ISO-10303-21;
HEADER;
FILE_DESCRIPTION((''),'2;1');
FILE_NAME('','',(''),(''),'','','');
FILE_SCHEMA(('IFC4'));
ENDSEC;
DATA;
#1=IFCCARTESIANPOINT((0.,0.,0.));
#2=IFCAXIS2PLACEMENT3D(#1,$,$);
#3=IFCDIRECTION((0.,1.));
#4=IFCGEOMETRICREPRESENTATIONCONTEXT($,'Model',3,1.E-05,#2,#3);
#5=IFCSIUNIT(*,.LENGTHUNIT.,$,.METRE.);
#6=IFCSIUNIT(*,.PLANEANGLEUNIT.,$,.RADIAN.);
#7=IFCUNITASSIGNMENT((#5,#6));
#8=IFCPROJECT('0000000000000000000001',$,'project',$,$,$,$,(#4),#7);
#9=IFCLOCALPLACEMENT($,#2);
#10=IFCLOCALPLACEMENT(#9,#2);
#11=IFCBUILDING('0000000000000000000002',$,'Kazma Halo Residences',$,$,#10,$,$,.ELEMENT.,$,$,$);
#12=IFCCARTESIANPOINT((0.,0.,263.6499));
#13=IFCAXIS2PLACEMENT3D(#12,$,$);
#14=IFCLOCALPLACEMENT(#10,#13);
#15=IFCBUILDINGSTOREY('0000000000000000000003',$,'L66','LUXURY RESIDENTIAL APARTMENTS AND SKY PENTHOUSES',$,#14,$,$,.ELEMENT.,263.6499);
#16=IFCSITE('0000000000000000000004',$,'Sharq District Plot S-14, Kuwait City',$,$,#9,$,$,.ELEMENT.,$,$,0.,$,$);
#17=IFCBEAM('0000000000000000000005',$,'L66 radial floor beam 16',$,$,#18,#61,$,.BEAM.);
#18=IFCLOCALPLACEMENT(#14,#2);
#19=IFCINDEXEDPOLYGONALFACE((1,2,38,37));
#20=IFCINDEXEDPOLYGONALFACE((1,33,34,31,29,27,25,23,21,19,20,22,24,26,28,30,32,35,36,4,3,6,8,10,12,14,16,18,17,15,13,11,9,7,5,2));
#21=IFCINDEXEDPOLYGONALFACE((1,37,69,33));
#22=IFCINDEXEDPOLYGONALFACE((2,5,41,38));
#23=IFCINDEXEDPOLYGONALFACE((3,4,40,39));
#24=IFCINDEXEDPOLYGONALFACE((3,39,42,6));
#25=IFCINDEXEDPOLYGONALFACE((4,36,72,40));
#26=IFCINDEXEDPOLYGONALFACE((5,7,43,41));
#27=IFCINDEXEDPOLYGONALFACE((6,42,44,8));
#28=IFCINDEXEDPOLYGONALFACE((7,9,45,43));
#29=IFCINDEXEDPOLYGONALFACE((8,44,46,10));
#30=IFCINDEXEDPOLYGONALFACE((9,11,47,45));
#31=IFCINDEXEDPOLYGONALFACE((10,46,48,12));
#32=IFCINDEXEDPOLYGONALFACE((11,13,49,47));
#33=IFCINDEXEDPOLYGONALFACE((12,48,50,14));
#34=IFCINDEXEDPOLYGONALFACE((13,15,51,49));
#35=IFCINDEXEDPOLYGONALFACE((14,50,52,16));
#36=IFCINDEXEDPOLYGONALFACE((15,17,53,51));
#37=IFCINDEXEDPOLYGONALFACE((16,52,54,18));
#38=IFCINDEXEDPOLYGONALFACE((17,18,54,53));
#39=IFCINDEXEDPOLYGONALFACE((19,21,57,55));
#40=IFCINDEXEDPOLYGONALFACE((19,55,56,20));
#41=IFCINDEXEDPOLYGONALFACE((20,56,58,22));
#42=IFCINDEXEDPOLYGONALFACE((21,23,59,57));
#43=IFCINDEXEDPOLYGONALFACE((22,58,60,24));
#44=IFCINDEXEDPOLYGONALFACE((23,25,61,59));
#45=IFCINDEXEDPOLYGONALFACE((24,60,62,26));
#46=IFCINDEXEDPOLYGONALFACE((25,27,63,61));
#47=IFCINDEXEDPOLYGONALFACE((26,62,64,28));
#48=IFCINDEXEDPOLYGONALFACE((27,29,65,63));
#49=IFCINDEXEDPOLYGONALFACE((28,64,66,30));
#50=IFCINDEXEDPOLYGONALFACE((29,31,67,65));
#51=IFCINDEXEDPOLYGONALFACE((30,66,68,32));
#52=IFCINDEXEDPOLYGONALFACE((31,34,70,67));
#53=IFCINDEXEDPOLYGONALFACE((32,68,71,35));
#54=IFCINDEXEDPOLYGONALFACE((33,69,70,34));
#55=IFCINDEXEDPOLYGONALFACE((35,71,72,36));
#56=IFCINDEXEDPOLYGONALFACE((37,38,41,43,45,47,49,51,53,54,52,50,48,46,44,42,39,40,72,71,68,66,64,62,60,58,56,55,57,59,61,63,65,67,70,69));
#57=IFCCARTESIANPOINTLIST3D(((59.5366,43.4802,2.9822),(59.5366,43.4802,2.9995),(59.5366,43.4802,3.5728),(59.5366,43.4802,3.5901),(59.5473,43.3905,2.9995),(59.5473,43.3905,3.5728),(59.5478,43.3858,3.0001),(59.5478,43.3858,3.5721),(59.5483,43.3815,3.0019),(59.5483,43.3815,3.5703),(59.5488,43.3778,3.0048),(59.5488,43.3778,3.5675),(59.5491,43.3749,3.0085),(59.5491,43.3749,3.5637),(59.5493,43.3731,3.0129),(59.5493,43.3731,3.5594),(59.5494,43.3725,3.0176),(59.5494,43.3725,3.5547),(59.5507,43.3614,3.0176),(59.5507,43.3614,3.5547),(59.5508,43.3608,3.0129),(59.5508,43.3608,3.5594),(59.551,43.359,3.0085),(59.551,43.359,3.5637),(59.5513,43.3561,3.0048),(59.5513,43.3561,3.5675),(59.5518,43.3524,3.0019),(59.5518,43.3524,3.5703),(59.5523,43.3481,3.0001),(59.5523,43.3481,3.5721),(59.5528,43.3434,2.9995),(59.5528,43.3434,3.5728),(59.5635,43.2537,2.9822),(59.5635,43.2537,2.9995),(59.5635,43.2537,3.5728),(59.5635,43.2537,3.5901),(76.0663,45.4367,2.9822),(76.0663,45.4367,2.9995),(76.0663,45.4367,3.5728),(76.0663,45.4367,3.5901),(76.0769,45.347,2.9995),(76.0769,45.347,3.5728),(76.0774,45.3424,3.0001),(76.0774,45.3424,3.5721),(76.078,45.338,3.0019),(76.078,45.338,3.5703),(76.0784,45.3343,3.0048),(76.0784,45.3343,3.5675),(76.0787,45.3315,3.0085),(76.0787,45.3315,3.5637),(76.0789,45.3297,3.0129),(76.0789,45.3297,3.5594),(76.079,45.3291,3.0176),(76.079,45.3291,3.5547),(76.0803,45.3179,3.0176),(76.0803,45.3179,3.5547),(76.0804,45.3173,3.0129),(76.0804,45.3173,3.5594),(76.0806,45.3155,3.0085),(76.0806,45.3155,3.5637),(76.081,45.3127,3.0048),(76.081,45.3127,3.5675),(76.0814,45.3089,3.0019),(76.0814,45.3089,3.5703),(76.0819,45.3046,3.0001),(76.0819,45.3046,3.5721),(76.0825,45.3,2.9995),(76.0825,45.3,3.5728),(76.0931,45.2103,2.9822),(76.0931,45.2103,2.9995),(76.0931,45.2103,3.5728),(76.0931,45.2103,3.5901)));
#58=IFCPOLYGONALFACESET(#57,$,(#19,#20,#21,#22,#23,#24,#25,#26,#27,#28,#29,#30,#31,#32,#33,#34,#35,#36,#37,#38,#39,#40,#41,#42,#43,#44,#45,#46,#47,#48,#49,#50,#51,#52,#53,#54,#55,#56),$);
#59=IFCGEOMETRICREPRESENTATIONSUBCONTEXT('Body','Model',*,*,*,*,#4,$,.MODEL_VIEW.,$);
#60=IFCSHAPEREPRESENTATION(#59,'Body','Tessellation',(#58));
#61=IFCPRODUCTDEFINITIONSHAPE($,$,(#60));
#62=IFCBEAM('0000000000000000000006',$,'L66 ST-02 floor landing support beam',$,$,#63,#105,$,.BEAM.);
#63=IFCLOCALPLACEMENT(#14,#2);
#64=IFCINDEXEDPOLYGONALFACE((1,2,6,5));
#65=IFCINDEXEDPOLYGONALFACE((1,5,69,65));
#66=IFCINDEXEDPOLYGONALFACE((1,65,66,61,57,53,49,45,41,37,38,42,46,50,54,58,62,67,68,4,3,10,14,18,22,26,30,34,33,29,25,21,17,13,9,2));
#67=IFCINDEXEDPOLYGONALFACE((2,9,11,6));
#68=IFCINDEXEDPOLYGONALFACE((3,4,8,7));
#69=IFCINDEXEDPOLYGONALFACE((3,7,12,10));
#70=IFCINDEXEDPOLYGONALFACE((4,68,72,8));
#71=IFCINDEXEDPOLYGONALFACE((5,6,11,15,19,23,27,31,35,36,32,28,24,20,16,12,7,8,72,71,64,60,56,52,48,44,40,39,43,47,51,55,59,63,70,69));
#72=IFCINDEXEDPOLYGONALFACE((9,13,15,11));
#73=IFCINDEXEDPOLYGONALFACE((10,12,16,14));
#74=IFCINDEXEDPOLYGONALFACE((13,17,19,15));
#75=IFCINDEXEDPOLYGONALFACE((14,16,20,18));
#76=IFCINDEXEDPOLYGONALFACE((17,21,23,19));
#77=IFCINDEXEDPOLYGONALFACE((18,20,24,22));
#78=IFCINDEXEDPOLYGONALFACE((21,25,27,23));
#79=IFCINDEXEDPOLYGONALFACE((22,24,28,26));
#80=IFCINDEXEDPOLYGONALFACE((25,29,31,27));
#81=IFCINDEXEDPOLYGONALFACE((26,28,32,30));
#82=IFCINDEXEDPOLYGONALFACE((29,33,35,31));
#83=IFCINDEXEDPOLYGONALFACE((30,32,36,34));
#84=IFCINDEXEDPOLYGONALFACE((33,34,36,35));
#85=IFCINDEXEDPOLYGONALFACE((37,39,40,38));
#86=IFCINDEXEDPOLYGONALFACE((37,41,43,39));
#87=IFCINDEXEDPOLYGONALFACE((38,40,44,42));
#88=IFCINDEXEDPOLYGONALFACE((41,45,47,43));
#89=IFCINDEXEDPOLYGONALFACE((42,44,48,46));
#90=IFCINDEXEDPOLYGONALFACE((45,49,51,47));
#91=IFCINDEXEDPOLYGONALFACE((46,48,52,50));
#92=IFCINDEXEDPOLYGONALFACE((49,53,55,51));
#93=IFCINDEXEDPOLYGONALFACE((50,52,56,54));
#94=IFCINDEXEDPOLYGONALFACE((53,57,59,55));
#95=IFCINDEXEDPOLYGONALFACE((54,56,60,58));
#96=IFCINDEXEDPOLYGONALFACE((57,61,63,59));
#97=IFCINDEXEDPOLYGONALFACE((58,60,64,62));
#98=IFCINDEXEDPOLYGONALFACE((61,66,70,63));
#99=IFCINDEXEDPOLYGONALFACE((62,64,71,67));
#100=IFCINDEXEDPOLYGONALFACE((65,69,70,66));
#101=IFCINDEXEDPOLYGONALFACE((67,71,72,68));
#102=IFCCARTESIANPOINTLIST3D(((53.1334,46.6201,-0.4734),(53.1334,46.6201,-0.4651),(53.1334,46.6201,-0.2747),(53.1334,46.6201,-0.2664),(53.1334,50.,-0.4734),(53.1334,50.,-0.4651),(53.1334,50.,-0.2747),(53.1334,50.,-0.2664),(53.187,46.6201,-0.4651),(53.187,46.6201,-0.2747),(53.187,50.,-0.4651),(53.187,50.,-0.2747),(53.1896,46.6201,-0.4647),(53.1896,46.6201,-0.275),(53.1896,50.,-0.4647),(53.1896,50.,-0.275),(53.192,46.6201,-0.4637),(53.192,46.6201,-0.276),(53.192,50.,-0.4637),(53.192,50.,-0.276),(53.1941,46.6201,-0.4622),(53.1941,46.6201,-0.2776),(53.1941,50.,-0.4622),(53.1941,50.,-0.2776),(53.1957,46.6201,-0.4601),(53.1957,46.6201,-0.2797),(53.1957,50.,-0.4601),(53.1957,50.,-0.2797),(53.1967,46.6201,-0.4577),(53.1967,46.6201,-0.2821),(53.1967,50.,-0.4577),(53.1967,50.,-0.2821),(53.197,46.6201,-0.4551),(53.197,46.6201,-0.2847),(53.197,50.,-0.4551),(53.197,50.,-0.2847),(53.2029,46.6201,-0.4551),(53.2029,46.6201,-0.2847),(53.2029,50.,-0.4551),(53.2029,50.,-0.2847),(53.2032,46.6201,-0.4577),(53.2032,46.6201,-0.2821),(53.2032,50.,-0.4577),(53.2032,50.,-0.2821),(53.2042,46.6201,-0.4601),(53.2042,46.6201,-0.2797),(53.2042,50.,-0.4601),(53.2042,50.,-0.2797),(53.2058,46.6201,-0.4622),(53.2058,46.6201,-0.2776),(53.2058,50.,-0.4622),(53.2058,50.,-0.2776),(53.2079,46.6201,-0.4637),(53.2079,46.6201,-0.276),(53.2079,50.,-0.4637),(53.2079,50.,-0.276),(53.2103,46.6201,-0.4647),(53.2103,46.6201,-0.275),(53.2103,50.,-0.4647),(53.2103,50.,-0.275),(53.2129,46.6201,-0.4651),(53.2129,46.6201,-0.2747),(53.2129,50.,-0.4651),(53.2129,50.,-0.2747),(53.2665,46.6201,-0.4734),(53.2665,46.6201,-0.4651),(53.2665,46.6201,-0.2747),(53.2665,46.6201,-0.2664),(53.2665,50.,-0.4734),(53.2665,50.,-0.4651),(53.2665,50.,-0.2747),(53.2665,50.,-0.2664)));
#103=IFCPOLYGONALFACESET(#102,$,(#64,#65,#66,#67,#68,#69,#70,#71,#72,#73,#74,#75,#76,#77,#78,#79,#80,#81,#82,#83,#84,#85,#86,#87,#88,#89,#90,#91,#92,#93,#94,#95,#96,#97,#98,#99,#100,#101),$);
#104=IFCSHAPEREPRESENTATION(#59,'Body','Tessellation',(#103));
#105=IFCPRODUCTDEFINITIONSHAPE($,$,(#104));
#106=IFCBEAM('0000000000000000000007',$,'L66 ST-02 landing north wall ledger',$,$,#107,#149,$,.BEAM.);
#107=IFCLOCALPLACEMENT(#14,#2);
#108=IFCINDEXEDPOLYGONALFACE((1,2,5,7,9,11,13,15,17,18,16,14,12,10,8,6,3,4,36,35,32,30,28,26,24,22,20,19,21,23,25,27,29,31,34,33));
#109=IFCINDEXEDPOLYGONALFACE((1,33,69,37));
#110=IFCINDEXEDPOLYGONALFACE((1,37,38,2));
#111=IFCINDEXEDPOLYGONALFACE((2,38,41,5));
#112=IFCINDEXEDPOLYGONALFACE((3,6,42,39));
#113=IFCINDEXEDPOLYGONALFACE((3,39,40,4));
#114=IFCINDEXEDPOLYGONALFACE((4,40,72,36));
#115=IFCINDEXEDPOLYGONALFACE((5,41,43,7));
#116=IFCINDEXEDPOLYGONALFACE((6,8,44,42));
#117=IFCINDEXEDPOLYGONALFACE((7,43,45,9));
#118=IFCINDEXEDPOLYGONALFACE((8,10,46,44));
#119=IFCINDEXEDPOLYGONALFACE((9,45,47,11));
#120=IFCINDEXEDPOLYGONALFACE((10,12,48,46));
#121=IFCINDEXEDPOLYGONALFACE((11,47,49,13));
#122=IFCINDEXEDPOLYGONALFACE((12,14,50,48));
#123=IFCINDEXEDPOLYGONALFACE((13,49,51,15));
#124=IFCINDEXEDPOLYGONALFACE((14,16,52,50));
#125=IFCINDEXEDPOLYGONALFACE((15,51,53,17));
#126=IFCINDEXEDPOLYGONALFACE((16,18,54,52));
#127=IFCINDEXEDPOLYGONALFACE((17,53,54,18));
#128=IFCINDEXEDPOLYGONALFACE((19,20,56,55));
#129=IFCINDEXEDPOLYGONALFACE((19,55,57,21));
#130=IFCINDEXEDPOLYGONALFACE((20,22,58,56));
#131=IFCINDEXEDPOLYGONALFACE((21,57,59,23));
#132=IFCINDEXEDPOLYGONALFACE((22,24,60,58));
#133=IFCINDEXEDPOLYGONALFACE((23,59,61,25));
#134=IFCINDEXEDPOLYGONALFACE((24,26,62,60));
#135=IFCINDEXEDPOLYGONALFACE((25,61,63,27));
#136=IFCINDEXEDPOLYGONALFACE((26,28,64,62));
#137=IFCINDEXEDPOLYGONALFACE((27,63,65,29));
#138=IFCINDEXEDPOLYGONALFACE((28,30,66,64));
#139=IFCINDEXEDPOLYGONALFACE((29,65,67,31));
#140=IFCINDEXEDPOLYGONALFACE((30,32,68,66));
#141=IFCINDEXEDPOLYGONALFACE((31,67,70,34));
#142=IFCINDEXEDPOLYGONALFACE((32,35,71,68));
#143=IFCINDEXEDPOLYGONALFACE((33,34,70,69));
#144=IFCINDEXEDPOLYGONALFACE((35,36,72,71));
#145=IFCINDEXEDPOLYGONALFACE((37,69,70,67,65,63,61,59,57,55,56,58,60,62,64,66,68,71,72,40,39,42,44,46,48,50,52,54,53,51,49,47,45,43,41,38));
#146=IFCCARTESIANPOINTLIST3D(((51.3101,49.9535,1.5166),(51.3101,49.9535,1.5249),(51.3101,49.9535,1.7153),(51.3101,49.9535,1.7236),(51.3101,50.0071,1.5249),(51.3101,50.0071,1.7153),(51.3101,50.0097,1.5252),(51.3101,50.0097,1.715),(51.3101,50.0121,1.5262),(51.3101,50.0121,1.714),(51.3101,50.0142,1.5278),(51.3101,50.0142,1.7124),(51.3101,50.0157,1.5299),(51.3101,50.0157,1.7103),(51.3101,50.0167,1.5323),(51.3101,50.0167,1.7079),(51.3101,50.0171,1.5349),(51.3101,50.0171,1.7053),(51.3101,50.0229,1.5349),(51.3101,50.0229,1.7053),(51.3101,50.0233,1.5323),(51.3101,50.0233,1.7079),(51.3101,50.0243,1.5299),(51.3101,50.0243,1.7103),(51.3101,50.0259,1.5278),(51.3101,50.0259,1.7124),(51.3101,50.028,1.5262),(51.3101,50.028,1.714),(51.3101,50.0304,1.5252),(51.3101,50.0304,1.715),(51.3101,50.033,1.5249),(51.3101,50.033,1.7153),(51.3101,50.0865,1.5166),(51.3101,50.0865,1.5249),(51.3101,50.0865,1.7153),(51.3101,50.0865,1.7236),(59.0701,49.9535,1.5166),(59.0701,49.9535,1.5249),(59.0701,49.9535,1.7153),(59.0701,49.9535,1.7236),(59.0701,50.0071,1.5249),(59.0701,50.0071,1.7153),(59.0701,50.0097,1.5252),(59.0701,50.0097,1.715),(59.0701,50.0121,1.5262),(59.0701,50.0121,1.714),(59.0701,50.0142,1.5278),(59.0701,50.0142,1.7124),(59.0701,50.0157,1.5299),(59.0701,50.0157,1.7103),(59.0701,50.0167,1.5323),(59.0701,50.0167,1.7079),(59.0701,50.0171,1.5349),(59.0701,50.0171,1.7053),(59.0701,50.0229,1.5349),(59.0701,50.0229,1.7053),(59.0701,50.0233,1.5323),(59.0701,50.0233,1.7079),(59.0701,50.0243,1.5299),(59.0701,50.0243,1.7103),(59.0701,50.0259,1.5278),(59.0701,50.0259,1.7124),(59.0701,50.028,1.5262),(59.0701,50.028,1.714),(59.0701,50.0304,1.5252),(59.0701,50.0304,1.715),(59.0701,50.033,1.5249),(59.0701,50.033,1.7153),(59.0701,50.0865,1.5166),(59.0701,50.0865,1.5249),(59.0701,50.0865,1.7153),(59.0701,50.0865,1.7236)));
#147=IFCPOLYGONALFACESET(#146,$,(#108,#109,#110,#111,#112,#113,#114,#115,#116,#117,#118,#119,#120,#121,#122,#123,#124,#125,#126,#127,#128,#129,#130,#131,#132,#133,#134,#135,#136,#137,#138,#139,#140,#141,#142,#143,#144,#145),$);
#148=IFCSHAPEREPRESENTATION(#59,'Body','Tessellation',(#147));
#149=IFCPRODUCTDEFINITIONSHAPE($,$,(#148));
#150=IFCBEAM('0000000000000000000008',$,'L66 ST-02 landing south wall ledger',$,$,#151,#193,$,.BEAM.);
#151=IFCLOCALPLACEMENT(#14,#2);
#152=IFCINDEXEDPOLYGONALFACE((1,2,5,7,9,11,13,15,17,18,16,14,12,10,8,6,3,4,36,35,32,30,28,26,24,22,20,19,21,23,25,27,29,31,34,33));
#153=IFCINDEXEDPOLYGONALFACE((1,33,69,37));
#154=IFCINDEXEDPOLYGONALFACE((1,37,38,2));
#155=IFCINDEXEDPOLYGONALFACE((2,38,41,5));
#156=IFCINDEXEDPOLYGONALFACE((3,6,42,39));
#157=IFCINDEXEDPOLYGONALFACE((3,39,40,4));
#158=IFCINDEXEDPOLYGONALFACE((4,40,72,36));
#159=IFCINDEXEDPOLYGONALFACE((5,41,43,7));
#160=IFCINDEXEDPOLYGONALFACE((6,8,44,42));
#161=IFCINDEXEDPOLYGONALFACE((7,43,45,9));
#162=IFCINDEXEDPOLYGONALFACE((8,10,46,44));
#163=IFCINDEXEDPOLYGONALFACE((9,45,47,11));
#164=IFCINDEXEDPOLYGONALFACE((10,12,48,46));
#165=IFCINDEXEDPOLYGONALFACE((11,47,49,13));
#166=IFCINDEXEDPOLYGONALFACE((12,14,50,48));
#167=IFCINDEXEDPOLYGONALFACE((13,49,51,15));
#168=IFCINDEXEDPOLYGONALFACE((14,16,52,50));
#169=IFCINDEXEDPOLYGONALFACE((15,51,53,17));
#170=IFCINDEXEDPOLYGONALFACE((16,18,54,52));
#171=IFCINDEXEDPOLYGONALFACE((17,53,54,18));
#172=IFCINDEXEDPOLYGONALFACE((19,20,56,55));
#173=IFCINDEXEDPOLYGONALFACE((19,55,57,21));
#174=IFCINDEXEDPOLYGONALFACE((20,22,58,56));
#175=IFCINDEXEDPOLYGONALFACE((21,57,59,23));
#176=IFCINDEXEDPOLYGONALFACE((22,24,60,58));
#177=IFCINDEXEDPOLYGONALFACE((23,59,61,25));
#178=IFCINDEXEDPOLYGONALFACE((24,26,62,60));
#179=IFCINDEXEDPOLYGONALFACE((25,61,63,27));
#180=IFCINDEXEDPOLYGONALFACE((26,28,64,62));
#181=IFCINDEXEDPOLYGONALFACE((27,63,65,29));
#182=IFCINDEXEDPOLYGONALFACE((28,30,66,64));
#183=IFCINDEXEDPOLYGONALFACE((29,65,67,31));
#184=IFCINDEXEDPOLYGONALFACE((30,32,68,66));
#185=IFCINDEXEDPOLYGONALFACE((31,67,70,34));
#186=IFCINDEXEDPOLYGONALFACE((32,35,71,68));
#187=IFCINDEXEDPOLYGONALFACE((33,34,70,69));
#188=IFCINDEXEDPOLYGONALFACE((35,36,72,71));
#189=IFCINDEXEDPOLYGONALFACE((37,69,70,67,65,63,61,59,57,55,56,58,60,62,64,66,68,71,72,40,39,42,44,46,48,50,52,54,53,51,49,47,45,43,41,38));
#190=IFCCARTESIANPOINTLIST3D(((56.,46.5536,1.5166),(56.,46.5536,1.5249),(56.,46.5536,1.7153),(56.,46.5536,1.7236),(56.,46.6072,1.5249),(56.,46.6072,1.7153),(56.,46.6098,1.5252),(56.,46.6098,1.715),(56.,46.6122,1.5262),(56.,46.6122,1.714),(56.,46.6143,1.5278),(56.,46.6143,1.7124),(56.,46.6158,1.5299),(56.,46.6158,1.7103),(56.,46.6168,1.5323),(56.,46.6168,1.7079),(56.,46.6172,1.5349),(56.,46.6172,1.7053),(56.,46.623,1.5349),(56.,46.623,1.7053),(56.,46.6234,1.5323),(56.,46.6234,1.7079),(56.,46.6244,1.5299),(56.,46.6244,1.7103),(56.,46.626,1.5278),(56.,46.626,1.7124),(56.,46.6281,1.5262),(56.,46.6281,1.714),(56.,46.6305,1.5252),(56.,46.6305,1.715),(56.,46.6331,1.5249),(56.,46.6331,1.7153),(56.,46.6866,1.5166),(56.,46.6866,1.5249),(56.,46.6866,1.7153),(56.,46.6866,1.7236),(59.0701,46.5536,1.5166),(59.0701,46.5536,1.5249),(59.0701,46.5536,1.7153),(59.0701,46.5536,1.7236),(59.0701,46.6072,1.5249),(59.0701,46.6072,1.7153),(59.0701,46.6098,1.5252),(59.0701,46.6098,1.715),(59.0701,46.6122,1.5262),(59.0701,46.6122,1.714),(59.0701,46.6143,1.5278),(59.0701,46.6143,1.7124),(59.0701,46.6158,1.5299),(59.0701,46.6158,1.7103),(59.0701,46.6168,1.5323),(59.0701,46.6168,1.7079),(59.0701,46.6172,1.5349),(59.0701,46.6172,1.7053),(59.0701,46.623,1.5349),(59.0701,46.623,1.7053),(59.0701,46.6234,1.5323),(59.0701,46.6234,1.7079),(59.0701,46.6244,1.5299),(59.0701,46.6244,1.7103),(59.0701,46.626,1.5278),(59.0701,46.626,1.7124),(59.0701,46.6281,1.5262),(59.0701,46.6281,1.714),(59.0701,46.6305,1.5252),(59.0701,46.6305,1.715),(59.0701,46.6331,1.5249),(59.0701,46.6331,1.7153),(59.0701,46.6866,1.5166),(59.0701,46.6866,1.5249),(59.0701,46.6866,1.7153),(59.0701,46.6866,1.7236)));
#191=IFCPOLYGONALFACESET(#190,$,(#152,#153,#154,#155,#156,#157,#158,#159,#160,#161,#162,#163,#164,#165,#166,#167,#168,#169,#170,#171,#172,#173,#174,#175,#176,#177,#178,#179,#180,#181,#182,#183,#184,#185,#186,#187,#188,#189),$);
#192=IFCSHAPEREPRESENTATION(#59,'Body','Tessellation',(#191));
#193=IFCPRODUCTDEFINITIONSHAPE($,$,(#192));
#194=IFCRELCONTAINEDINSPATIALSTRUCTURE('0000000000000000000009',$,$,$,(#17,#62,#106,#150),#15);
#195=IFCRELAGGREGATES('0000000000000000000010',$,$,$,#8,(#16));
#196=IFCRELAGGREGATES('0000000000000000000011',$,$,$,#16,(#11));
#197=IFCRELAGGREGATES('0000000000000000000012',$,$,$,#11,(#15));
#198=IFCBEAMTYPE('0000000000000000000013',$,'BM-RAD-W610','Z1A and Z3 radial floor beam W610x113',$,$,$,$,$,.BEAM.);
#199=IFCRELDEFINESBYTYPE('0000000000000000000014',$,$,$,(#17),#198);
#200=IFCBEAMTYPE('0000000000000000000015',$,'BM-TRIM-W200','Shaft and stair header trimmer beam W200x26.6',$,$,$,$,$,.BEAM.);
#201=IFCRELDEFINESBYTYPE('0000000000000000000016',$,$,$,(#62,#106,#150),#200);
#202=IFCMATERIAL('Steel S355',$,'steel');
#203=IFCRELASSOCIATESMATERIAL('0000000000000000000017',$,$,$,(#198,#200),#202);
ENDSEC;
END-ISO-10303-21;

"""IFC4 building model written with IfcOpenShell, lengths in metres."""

from ifc_helpers import new_model, si_unit, direction, frame, origin, origin_2d, place, context, subcontext, project, spatial, i_section, extrude, material, material_profile, profile_set, type_object, element, save


model = new_model("IFC4")

# Units and contexts
model_context = context("Model", 3, precision=1e-05, world=origin(), true_north=direction((0.0, 1.0)))
body_context = subcontext(model_context, "Body", "Model", "MODEL_VIEW")
ifc_project = project(units=[si_unit("LENGTHUNIT", "METRE"), si_unit("PLANEANGLEUNIT", "RADIAN")], contexts=[model_context])

# Site, building, storey
site_placement = place(None, origin())
site = spatial("IfcSite", under=ifc_project, at=site_placement, Name="Sharq District Plot S-14, Kuwait City", CompositionType="ELEMENT", RefElevation=0.0)
building_placement = place(site_placement, origin())
building = spatial("IfcBuilding", under=site, at=building_placement, Name="Kazma Halo Residences", CompositionType="ELEMENT")
storey_placement = place(building_placement, frame((0.0, 0.0, 263.6499)))
storey = spatial("IfcBuildingStorey", under=building, at=storey_placement, Name="L66", Description="LUXURY RESIDENTIAL APARTMENTS AND SKY PENTHOUSES", CompositionType="ELEMENT", Elevation=263.6499)

# Shared definitions
ifc_material_1 = material(Name="Steel S355", Category="steel")

# Beams
ifc_material_profile_1 = material_profile(ifc_material_1, i_section(OverallWidth=0.228, OverallDepth=0.6079, WebThickness=0.0112, FlangeThickness=0.0173, FilletRadius=0.0181, at=origin_2d()), Name="W610x113")
ifc_profile_set_1 = profile_set([ifc_material_profile_1], Name="Steel S355")
beam_type_1 = type_object("IfcBeamType", Name="BM-RAD-W610", Description="Z1A and Z3 radial floor beam W610x113", PredefinedType="BEAM", material=ifc_profile_set_1)
beam_1_placement = place(storey_placement, frame((59.55, 43.3669, 3.2861), z_axis=(0.993067, 0.117546, 0.0), x_axis=(-0.117546, 0.993067, 0.0)))
element("IfcBeam", 1, at=beam_1_placement, inside=storey, type_object=beam_type_1, Name="L66 radial floor beam 16", PredefinedType="BEAM", context=body_context, shape_type="SweptSolid", body=[
    extrude(i_section(OverallWidth=0.228, OverallDepth=0.6079, WebThickness=0.0112, FlangeThickness=0.0173, FilletRadius=0.0181, at=origin_2d()), origin(), (0.0, 0.0, 1.0), 16.645),
])
ifc_material_profile_2 = material_profile(ifc_material_1, i_section(OverallWidth=0.1331, OverallDepth=0.207, WebThickness=0.0059, FlangeThickness=0.0083, FilletRadius=0.01, at=origin_2d()), Name="W200x26.6")
ifc_profile_set_2 = profile_set([ifc_material_profile_2], Name="Steel S355")
beam_type_2 = type_object("IfcBeamType", Name="BM-TRIM-W200", Description="Shaft and stair header trimmer beam W200x26.6", PredefinedType="BEAM", material=ifc_profile_set_2)
beam_2_placement = place(storey_placement, frame((53.2, 46.6201, -0.3699), z_axis=(0.0, 1.0, 0.0), x_axis=(-1.0, 0.0, 0.0)))
element("IfcBeam", 2, at=beam_2_placement, inside=storey, type_object=beam_type_2, Name="L66 ST-02 floor landing support beam", PredefinedType="BEAM", context=body_context, shape_type="SweptSolid", body=[
    extrude(i_section(OverallWidth=0.1331, OverallDepth=0.207, WebThickness=0.0059, FlangeThickness=0.0083, FilletRadius=0.01, at=origin_2d()), origin(), (0.0, 0.0, 1.0), 3.3799),
])
beam_3_placement = place(storey_placement, frame((51.3101, 50.02, 1.6201), z_axis=(1.0, 0.0, 0.0), x_axis=(0.0, 1.0, 0.0)))
element("IfcBeam", 3, at=beam_3_placement, inside=storey, type_object=beam_type_2, Name="L66 ST-02 landing north wall ledger", PredefinedType="BEAM", context=body_context, shape_type="SweptSolid", body=[
    extrude(i_section(OverallWidth=0.1331, OverallDepth=0.207, WebThickness=0.0059, FlangeThickness=0.0083, FilletRadius=0.01, at=origin_2d()), origin(), (0.0, 0.0, 1.0), 7.76),
])
beam_4_placement = place(storey_placement, frame((56.0, 46.6201, 1.6201), z_axis=(1.0, 0.0, 0.0), x_axis=(0.0, 1.0, 0.0)))
element("IfcBeam", 4, at=beam_4_placement, inside=storey, type_object=beam_type_2, Name="L66 ST-02 landing south wall ledger", PredefinedType="BEAM", context=body_context, shape_type="SweptSolid", body=[
    extrude(i_section(OverallWidth=0.1331, OverallDepth=0.207, WebThickness=0.0059, FlangeThickness=0.0083, FilletRadius=0.01, at=origin_2d()), origin(), (0.0, 0.0, 1.0), 3.0701),
])

save(model, "model.ifc")
